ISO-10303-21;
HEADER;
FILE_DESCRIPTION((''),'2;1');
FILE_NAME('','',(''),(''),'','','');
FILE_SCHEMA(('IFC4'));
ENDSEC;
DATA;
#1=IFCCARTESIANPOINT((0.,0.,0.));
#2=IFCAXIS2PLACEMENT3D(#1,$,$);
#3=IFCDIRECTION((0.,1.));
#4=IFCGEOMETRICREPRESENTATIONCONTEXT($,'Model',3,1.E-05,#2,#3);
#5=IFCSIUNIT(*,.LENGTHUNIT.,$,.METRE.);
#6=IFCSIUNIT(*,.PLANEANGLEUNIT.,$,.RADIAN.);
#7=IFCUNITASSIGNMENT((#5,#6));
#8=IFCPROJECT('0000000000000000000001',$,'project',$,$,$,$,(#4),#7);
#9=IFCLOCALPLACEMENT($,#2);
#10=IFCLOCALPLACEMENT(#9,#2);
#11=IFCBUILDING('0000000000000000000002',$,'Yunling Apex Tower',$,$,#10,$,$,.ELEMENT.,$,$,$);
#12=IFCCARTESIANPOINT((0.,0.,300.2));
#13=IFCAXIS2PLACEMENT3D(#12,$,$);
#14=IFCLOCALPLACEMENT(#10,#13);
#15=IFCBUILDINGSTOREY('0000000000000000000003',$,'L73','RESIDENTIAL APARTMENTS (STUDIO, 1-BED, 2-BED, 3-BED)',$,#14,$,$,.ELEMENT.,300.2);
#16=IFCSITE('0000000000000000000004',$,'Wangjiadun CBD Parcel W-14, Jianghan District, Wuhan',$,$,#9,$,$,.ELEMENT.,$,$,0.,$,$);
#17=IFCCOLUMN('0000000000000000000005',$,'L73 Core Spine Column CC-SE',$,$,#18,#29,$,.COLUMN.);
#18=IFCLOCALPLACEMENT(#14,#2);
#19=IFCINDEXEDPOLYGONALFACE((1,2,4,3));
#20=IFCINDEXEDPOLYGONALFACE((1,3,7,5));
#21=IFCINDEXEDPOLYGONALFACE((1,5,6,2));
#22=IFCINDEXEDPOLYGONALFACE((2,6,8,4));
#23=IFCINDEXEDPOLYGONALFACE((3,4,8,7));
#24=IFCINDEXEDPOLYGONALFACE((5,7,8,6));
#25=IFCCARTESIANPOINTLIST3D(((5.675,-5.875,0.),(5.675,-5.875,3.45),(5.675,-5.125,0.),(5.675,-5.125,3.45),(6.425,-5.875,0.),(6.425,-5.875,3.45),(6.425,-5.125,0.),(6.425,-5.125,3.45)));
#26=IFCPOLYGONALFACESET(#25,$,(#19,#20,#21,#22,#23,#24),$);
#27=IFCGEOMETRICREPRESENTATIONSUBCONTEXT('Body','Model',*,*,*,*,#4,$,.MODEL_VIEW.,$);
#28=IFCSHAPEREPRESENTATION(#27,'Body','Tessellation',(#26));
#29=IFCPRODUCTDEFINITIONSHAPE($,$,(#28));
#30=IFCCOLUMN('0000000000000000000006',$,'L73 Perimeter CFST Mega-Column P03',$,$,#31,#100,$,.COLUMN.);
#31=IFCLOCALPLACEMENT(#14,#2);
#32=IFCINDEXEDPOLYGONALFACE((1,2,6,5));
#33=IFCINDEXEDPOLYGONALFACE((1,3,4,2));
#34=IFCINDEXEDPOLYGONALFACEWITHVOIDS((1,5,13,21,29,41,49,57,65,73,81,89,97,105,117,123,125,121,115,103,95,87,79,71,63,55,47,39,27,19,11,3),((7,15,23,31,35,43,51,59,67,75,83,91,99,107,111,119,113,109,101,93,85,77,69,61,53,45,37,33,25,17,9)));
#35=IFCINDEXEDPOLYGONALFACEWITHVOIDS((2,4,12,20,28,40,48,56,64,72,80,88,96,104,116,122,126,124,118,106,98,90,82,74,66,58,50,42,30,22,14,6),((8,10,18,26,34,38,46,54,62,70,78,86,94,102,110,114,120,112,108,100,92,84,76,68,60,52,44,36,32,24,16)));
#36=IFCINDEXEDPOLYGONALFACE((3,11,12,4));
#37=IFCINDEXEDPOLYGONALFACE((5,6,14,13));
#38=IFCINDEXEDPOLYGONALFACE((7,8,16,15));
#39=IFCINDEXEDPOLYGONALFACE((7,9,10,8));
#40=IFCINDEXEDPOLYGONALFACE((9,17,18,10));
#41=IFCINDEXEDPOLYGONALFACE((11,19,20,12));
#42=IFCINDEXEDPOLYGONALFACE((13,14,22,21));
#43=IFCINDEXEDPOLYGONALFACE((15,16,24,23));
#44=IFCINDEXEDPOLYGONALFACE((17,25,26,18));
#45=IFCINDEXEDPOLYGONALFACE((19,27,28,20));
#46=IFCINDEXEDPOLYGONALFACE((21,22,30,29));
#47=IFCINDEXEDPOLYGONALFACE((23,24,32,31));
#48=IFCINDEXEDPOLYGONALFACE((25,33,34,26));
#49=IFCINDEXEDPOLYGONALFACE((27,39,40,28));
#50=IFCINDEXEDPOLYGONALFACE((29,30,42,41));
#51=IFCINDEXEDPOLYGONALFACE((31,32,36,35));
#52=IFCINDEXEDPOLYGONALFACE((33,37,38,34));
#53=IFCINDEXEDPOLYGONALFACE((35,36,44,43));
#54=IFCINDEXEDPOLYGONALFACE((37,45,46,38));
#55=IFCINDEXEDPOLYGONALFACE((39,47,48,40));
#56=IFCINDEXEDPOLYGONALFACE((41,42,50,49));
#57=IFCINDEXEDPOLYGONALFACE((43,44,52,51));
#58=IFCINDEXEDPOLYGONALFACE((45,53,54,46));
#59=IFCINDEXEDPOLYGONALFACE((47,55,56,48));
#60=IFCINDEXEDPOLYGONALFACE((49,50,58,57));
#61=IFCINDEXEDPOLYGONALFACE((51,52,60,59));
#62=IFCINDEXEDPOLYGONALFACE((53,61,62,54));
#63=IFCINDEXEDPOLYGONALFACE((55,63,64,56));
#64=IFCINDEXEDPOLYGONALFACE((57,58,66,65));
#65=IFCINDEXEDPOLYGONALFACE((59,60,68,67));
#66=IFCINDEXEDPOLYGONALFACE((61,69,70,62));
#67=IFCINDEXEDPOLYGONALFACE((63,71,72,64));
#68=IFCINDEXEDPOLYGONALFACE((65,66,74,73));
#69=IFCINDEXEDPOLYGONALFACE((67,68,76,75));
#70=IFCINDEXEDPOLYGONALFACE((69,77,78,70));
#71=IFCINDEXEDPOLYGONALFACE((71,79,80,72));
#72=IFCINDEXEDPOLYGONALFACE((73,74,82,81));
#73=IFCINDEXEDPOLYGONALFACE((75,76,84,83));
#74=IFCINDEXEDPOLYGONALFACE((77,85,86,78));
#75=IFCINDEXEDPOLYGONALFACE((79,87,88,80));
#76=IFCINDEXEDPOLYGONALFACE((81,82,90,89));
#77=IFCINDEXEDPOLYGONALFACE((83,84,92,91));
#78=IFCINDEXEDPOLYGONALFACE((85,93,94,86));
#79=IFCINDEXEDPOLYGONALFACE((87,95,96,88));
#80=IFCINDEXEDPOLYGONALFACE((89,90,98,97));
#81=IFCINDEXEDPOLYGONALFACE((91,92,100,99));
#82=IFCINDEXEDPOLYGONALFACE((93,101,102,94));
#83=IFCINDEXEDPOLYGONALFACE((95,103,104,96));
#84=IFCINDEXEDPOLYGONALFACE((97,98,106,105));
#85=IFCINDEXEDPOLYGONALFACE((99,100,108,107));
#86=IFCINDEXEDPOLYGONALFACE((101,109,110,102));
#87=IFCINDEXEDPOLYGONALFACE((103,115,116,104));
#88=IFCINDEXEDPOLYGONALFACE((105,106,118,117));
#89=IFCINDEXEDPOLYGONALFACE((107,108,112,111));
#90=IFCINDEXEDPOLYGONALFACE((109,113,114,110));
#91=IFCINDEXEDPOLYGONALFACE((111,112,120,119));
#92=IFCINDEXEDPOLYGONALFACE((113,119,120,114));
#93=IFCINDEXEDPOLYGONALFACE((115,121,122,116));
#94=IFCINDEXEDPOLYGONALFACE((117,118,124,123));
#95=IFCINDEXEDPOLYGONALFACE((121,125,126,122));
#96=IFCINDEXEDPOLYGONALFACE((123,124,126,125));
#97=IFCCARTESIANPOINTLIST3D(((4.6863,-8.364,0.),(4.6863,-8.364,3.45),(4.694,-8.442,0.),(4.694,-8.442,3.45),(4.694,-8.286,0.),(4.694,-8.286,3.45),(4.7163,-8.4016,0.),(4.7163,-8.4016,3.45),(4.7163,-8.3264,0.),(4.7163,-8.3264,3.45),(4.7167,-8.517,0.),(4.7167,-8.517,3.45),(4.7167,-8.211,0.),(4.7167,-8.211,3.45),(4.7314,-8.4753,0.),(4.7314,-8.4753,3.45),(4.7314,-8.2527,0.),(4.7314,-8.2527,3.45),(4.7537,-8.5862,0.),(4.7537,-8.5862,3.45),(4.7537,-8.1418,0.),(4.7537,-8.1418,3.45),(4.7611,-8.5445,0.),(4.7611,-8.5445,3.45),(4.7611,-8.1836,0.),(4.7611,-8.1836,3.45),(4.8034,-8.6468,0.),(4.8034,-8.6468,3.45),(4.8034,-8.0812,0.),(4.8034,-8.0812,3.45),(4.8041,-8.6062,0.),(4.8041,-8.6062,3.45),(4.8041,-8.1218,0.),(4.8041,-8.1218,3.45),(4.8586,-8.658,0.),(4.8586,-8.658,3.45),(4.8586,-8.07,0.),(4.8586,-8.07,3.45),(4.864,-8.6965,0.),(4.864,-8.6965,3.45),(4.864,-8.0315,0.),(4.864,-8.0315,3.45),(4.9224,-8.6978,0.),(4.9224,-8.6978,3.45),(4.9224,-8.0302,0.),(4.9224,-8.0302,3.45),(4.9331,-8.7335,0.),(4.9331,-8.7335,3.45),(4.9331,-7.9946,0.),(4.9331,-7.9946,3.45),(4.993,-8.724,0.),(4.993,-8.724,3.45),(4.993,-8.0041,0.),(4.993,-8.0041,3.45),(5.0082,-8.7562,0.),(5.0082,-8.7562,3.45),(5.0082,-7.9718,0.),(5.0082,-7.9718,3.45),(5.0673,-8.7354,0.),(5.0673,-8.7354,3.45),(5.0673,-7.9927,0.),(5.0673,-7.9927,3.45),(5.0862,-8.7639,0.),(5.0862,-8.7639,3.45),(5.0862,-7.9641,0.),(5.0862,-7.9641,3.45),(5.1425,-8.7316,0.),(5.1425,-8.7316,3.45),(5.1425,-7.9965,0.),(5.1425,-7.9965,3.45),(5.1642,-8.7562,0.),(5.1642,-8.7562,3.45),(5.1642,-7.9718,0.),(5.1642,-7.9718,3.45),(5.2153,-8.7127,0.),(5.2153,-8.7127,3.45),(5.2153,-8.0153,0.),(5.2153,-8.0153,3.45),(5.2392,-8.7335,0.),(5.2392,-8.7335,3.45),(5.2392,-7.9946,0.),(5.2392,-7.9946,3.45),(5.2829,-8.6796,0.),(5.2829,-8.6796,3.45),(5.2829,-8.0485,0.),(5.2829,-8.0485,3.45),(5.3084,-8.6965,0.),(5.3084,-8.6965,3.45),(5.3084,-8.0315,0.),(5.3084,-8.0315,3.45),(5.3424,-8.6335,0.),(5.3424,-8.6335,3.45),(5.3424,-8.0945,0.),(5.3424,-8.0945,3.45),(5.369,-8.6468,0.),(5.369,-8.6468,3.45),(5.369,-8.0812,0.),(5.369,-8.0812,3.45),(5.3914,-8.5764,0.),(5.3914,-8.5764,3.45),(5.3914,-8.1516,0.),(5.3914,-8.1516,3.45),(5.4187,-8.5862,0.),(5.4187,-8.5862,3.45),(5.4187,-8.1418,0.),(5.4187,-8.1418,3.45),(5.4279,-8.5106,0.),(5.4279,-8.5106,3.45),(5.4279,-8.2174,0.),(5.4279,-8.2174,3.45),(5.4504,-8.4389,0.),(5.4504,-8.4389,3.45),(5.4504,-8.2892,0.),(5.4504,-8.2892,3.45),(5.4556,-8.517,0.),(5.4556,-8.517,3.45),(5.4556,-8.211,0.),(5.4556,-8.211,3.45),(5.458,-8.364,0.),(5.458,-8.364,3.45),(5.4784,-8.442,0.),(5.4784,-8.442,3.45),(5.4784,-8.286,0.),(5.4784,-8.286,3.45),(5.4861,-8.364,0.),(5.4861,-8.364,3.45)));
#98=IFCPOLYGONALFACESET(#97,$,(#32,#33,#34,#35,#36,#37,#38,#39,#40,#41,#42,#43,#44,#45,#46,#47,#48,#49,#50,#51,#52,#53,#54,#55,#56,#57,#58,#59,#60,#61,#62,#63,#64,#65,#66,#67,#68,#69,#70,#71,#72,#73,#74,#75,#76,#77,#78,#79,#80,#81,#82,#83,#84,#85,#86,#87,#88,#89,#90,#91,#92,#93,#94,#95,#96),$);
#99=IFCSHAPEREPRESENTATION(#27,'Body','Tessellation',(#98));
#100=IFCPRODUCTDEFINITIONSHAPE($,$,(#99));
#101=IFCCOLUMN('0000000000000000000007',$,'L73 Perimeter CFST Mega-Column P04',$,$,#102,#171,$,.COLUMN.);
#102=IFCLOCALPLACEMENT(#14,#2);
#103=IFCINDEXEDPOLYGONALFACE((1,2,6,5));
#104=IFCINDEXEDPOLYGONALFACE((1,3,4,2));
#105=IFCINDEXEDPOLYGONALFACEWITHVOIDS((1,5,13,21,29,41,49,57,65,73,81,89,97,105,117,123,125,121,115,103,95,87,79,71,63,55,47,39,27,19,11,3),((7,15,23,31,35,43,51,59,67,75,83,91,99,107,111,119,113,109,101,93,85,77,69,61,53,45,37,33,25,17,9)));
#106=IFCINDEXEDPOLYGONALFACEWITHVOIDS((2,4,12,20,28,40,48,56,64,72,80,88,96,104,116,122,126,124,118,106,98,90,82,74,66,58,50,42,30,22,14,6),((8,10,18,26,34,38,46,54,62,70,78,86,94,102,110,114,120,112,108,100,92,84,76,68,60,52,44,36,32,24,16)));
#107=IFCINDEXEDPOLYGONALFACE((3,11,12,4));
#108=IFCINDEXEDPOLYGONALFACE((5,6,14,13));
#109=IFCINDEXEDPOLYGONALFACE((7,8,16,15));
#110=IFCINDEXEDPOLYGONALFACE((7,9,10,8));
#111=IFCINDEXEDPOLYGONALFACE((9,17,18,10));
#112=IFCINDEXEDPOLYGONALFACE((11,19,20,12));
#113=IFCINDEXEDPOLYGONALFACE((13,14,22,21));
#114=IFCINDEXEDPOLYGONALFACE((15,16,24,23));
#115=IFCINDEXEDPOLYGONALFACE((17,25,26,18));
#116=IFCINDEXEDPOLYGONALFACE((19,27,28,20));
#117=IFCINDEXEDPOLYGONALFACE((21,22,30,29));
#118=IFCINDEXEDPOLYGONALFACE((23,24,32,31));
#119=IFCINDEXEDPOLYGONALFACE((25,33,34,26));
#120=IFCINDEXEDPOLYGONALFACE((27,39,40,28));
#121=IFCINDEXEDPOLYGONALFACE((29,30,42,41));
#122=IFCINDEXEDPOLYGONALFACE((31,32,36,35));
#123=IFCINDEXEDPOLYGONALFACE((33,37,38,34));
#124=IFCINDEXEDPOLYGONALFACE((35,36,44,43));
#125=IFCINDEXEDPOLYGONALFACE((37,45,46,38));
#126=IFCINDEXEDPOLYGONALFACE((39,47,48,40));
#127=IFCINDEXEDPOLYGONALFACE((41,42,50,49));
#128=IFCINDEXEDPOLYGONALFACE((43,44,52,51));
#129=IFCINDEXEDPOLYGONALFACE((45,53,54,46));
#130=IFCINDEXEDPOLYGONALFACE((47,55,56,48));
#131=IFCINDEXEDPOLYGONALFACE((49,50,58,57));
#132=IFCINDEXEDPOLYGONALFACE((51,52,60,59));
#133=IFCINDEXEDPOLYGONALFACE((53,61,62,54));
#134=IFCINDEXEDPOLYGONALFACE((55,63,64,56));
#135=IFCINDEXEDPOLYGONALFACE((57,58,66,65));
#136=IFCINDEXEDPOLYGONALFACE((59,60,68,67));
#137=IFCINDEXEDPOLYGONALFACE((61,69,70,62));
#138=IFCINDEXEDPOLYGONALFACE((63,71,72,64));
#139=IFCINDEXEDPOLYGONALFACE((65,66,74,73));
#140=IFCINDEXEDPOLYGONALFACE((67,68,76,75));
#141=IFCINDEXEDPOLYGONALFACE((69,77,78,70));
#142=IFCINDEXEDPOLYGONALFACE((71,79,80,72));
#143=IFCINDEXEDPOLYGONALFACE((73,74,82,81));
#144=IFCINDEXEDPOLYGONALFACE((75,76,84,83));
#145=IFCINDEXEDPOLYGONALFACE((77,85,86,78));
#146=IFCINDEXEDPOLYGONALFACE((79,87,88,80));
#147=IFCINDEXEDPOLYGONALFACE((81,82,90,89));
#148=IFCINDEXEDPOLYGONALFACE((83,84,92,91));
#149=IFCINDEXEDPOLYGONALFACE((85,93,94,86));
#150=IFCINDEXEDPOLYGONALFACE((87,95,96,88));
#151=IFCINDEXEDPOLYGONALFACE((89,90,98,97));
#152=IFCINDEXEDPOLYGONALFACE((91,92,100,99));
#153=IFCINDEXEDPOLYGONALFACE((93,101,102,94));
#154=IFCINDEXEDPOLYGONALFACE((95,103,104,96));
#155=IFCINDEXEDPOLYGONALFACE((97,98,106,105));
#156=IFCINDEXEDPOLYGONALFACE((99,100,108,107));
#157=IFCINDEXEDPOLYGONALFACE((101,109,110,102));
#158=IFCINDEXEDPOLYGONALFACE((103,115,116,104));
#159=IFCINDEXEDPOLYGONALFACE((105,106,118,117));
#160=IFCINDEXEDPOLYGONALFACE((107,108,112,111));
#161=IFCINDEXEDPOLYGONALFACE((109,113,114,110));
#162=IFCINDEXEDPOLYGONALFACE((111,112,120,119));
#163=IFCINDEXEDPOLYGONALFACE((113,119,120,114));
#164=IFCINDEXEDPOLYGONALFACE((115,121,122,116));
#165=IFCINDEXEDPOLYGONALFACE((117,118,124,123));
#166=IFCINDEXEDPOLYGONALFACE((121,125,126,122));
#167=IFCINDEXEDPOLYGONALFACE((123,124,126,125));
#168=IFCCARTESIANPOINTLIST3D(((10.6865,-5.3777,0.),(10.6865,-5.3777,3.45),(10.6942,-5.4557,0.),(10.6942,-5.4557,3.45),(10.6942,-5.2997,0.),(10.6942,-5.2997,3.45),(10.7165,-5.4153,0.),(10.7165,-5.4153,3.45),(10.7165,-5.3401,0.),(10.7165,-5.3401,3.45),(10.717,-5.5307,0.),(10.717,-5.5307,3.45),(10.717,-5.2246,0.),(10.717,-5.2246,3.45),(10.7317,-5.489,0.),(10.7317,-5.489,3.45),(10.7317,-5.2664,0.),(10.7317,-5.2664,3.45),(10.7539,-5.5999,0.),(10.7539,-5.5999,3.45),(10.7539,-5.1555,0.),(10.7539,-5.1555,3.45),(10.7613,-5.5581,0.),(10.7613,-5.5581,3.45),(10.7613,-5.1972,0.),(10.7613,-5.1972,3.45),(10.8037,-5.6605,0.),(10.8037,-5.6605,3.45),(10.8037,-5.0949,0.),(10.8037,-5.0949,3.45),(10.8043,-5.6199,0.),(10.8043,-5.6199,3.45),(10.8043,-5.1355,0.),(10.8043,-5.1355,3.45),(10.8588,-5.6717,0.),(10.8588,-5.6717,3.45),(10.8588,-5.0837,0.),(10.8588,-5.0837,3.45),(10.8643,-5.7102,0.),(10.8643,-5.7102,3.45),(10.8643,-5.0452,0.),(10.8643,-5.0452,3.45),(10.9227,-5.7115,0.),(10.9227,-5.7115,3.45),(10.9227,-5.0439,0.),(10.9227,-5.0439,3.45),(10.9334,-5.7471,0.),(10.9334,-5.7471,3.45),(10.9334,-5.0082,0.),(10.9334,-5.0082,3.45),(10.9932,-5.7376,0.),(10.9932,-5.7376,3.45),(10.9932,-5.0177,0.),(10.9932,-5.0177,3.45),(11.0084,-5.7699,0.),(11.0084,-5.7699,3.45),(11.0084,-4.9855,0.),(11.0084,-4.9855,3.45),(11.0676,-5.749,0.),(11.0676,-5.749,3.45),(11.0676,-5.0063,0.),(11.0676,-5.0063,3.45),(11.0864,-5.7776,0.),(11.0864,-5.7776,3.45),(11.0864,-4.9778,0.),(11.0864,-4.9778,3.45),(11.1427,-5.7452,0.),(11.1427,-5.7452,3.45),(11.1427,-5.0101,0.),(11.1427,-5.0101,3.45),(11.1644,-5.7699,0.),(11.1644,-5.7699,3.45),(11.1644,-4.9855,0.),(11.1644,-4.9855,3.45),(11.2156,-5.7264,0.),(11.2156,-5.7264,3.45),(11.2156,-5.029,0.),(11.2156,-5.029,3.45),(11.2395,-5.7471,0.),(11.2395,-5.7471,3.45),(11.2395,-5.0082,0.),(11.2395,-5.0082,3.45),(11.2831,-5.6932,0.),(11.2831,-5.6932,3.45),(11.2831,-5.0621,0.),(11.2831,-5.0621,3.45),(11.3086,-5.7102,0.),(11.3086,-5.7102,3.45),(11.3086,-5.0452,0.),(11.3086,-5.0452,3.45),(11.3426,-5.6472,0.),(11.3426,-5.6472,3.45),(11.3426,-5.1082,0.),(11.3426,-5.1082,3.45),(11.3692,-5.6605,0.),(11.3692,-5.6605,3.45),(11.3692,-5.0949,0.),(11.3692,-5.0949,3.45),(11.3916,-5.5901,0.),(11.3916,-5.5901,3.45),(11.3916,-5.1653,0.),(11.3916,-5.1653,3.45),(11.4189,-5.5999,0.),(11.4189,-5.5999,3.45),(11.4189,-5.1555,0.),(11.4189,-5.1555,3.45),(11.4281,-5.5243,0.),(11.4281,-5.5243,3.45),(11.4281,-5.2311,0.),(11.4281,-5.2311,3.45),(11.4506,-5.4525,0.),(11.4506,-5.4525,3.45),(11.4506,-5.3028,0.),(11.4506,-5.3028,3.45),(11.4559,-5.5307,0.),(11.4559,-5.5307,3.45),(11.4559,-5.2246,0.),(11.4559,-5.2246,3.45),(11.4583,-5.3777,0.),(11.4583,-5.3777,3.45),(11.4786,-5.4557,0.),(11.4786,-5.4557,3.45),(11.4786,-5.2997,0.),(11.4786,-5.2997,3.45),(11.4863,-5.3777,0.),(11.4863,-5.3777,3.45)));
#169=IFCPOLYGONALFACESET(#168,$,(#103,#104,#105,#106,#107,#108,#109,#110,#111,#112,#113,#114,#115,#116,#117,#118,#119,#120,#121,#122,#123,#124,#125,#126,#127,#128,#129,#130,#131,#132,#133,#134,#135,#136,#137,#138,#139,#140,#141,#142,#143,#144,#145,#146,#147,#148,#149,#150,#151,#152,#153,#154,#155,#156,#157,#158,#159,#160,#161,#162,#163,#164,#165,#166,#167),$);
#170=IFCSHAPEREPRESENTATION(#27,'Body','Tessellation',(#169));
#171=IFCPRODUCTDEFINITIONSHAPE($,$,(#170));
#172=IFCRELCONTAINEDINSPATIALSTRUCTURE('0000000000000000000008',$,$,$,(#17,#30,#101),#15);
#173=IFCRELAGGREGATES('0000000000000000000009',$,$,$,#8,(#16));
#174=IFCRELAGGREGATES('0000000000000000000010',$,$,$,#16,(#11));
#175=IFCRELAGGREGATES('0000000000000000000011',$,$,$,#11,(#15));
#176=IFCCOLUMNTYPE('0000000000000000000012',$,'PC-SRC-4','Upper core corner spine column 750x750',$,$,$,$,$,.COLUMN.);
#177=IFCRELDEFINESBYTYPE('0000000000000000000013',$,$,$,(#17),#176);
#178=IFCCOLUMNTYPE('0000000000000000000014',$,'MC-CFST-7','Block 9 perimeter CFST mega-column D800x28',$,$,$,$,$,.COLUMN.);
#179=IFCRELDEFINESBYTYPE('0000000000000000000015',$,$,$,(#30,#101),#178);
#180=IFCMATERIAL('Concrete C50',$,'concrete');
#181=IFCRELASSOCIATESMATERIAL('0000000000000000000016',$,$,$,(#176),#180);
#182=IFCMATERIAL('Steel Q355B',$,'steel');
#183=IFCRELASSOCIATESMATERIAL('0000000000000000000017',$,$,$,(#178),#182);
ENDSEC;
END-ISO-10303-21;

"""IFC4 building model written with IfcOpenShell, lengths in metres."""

from ifc_helpers import new_model, si_unit, direction, frame, origin, origin_2d, place, context, subcontext, project, spatial, rectangle, hollow_circle, extrude, source, transform, mapped, material, material_profile, profile_set, type_object, element, save


model = new_model("IFC4")

# Units and contexts
model_context = context("Model", 3, precision=1e-05, world=origin(), true_north=direction((0.0, 1.0)))
body_context = subcontext(model_context, "Body", "Model", "MODEL_VIEW")
ifc_project = project(units=[si_unit("LENGTHUNIT", "METRE"), si_unit("PLANEANGLEUNIT", "RADIAN")], contexts=[model_context])

# Site, building, storey
site_placement = place(None, origin())
site = spatial("IfcSite", under=ifc_project, at=site_placement, Name="Wangjiadun CBD Parcel W-14, Jianghan District, Wuhan", CompositionType="ELEMENT", RefElevation=0.0)
building_placement = place(site_placement, origin())
building = spatial("IfcBuilding", under=site, at=building_placement, Name="Yunling Apex Tower", CompositionType="ELEMENT")
storey_placement = place(building_placement, frame((0.0, 0.0, 300.2)))
storey = spatial("IfcBuildingStorey", under=building, at=storey_placement, Name="L73", Description="RESIDENTIAL APARTMENTS (STUDIO, 1-BED, 2-BED, 3-BED)", CompositionType="ELEMENT", Elevation=300.2)

# Columns
ifc_material_1 = material(Name="Concrete C50", Category="concrete")
ifc_material_profile_1 = material_profile(ifc_material_1, rectangle(XDim=0.75, YDim=0.75, at=origin_2d()))
ifc_profile_set_1 = profile_set([ifc_material_profile_1], Name="Concrete C50")
column_type_1 = type_object("IfcColumnType", Name="PC-SRC-4", Description="Upper core corner spine column 750x750", PredefinedType="COLUMN", material=ifc_profile_set_1)
shared_shape_1 = source(origin(), body_context, "Body", "SweptSolid", [
    extrude(rectangle(XDim=0.75, YDim=0.75, at=origin_2d()), origin(), (0.0, 0.0, 1.0), 3.45),
])
column_placement = place(storey_placement, frame((6.05, -5.5, 0.0), z_axis=(0.0, 0.0, 1.0), x_axis=(1.0, 0.0, 0.0)))
element("IfcColumn", 1, at=column_placement, inside=storey, type_object=column_type_1, Name="L73 Core Spine Column CC-SE", PredefinedType="COLUMN", context=body_context, shape_type="MappedRepresentation", body=[
    mapped(shared_shape_1, transform((0.0, 0.0, 0.0), scale=1.0)),
])
ifc_material_2 = material(Name="Steel Q355B", Category="steel")
ifc_material_profile_2 = material_profile(ifc_material_2, hollow_circle(Radius=0.3999, WallThickness=0.0281, at=origin_2d()))
ifc_profile_set_2 = profile_set([ifc_material_profile_2], Name="Steel Q355B")
column_type_2 = type_object("IfcColumnType", Name="MC-CFST-7", Description="Block 9 perimeter CFST mega-column D800x28", PredefinedType="COLUMN", material=ifc_profile_set_2)
shared_shape_2 = source(origin(), body_context, "Body", "SweptSolid", [
    extrude(hollow_circle(Radius=0.3999, WallThickness=0.0281, at=origin_2d()), origin(), (0.0, 0.0, 1.0), 3.45),
])
for number, where, z_axis, x_axis, name in (
    (2, (5.0862, -8.364, 0.0), (0.0, 0.0, 1.0), (1.0, 0.0, 0.0), "L73 Perimeter CFST Mega-Column P03"),
    (3, (11.0864, -5.3777, 0.0), (0.0, 0.0, 1.0), (1.0, 0.0, 0.0), "L73 Perimeter CFST Mega-Column P04"),
):
    element("IfcColumn", number, at=place(storey_placement, frame(where, z_axis=z_axis, x_axis=x_axis)), inside=storey, type_object=column_type_2, Name=name, PredefinedType="COLUMN", context=body_context, shape_type="MappedRepresentation", body=[
        mapped(shared_shape_2, transform((0.0, 0.0, 0.0), scale=1.0)),
    ])

save(model, "model.ifc")
